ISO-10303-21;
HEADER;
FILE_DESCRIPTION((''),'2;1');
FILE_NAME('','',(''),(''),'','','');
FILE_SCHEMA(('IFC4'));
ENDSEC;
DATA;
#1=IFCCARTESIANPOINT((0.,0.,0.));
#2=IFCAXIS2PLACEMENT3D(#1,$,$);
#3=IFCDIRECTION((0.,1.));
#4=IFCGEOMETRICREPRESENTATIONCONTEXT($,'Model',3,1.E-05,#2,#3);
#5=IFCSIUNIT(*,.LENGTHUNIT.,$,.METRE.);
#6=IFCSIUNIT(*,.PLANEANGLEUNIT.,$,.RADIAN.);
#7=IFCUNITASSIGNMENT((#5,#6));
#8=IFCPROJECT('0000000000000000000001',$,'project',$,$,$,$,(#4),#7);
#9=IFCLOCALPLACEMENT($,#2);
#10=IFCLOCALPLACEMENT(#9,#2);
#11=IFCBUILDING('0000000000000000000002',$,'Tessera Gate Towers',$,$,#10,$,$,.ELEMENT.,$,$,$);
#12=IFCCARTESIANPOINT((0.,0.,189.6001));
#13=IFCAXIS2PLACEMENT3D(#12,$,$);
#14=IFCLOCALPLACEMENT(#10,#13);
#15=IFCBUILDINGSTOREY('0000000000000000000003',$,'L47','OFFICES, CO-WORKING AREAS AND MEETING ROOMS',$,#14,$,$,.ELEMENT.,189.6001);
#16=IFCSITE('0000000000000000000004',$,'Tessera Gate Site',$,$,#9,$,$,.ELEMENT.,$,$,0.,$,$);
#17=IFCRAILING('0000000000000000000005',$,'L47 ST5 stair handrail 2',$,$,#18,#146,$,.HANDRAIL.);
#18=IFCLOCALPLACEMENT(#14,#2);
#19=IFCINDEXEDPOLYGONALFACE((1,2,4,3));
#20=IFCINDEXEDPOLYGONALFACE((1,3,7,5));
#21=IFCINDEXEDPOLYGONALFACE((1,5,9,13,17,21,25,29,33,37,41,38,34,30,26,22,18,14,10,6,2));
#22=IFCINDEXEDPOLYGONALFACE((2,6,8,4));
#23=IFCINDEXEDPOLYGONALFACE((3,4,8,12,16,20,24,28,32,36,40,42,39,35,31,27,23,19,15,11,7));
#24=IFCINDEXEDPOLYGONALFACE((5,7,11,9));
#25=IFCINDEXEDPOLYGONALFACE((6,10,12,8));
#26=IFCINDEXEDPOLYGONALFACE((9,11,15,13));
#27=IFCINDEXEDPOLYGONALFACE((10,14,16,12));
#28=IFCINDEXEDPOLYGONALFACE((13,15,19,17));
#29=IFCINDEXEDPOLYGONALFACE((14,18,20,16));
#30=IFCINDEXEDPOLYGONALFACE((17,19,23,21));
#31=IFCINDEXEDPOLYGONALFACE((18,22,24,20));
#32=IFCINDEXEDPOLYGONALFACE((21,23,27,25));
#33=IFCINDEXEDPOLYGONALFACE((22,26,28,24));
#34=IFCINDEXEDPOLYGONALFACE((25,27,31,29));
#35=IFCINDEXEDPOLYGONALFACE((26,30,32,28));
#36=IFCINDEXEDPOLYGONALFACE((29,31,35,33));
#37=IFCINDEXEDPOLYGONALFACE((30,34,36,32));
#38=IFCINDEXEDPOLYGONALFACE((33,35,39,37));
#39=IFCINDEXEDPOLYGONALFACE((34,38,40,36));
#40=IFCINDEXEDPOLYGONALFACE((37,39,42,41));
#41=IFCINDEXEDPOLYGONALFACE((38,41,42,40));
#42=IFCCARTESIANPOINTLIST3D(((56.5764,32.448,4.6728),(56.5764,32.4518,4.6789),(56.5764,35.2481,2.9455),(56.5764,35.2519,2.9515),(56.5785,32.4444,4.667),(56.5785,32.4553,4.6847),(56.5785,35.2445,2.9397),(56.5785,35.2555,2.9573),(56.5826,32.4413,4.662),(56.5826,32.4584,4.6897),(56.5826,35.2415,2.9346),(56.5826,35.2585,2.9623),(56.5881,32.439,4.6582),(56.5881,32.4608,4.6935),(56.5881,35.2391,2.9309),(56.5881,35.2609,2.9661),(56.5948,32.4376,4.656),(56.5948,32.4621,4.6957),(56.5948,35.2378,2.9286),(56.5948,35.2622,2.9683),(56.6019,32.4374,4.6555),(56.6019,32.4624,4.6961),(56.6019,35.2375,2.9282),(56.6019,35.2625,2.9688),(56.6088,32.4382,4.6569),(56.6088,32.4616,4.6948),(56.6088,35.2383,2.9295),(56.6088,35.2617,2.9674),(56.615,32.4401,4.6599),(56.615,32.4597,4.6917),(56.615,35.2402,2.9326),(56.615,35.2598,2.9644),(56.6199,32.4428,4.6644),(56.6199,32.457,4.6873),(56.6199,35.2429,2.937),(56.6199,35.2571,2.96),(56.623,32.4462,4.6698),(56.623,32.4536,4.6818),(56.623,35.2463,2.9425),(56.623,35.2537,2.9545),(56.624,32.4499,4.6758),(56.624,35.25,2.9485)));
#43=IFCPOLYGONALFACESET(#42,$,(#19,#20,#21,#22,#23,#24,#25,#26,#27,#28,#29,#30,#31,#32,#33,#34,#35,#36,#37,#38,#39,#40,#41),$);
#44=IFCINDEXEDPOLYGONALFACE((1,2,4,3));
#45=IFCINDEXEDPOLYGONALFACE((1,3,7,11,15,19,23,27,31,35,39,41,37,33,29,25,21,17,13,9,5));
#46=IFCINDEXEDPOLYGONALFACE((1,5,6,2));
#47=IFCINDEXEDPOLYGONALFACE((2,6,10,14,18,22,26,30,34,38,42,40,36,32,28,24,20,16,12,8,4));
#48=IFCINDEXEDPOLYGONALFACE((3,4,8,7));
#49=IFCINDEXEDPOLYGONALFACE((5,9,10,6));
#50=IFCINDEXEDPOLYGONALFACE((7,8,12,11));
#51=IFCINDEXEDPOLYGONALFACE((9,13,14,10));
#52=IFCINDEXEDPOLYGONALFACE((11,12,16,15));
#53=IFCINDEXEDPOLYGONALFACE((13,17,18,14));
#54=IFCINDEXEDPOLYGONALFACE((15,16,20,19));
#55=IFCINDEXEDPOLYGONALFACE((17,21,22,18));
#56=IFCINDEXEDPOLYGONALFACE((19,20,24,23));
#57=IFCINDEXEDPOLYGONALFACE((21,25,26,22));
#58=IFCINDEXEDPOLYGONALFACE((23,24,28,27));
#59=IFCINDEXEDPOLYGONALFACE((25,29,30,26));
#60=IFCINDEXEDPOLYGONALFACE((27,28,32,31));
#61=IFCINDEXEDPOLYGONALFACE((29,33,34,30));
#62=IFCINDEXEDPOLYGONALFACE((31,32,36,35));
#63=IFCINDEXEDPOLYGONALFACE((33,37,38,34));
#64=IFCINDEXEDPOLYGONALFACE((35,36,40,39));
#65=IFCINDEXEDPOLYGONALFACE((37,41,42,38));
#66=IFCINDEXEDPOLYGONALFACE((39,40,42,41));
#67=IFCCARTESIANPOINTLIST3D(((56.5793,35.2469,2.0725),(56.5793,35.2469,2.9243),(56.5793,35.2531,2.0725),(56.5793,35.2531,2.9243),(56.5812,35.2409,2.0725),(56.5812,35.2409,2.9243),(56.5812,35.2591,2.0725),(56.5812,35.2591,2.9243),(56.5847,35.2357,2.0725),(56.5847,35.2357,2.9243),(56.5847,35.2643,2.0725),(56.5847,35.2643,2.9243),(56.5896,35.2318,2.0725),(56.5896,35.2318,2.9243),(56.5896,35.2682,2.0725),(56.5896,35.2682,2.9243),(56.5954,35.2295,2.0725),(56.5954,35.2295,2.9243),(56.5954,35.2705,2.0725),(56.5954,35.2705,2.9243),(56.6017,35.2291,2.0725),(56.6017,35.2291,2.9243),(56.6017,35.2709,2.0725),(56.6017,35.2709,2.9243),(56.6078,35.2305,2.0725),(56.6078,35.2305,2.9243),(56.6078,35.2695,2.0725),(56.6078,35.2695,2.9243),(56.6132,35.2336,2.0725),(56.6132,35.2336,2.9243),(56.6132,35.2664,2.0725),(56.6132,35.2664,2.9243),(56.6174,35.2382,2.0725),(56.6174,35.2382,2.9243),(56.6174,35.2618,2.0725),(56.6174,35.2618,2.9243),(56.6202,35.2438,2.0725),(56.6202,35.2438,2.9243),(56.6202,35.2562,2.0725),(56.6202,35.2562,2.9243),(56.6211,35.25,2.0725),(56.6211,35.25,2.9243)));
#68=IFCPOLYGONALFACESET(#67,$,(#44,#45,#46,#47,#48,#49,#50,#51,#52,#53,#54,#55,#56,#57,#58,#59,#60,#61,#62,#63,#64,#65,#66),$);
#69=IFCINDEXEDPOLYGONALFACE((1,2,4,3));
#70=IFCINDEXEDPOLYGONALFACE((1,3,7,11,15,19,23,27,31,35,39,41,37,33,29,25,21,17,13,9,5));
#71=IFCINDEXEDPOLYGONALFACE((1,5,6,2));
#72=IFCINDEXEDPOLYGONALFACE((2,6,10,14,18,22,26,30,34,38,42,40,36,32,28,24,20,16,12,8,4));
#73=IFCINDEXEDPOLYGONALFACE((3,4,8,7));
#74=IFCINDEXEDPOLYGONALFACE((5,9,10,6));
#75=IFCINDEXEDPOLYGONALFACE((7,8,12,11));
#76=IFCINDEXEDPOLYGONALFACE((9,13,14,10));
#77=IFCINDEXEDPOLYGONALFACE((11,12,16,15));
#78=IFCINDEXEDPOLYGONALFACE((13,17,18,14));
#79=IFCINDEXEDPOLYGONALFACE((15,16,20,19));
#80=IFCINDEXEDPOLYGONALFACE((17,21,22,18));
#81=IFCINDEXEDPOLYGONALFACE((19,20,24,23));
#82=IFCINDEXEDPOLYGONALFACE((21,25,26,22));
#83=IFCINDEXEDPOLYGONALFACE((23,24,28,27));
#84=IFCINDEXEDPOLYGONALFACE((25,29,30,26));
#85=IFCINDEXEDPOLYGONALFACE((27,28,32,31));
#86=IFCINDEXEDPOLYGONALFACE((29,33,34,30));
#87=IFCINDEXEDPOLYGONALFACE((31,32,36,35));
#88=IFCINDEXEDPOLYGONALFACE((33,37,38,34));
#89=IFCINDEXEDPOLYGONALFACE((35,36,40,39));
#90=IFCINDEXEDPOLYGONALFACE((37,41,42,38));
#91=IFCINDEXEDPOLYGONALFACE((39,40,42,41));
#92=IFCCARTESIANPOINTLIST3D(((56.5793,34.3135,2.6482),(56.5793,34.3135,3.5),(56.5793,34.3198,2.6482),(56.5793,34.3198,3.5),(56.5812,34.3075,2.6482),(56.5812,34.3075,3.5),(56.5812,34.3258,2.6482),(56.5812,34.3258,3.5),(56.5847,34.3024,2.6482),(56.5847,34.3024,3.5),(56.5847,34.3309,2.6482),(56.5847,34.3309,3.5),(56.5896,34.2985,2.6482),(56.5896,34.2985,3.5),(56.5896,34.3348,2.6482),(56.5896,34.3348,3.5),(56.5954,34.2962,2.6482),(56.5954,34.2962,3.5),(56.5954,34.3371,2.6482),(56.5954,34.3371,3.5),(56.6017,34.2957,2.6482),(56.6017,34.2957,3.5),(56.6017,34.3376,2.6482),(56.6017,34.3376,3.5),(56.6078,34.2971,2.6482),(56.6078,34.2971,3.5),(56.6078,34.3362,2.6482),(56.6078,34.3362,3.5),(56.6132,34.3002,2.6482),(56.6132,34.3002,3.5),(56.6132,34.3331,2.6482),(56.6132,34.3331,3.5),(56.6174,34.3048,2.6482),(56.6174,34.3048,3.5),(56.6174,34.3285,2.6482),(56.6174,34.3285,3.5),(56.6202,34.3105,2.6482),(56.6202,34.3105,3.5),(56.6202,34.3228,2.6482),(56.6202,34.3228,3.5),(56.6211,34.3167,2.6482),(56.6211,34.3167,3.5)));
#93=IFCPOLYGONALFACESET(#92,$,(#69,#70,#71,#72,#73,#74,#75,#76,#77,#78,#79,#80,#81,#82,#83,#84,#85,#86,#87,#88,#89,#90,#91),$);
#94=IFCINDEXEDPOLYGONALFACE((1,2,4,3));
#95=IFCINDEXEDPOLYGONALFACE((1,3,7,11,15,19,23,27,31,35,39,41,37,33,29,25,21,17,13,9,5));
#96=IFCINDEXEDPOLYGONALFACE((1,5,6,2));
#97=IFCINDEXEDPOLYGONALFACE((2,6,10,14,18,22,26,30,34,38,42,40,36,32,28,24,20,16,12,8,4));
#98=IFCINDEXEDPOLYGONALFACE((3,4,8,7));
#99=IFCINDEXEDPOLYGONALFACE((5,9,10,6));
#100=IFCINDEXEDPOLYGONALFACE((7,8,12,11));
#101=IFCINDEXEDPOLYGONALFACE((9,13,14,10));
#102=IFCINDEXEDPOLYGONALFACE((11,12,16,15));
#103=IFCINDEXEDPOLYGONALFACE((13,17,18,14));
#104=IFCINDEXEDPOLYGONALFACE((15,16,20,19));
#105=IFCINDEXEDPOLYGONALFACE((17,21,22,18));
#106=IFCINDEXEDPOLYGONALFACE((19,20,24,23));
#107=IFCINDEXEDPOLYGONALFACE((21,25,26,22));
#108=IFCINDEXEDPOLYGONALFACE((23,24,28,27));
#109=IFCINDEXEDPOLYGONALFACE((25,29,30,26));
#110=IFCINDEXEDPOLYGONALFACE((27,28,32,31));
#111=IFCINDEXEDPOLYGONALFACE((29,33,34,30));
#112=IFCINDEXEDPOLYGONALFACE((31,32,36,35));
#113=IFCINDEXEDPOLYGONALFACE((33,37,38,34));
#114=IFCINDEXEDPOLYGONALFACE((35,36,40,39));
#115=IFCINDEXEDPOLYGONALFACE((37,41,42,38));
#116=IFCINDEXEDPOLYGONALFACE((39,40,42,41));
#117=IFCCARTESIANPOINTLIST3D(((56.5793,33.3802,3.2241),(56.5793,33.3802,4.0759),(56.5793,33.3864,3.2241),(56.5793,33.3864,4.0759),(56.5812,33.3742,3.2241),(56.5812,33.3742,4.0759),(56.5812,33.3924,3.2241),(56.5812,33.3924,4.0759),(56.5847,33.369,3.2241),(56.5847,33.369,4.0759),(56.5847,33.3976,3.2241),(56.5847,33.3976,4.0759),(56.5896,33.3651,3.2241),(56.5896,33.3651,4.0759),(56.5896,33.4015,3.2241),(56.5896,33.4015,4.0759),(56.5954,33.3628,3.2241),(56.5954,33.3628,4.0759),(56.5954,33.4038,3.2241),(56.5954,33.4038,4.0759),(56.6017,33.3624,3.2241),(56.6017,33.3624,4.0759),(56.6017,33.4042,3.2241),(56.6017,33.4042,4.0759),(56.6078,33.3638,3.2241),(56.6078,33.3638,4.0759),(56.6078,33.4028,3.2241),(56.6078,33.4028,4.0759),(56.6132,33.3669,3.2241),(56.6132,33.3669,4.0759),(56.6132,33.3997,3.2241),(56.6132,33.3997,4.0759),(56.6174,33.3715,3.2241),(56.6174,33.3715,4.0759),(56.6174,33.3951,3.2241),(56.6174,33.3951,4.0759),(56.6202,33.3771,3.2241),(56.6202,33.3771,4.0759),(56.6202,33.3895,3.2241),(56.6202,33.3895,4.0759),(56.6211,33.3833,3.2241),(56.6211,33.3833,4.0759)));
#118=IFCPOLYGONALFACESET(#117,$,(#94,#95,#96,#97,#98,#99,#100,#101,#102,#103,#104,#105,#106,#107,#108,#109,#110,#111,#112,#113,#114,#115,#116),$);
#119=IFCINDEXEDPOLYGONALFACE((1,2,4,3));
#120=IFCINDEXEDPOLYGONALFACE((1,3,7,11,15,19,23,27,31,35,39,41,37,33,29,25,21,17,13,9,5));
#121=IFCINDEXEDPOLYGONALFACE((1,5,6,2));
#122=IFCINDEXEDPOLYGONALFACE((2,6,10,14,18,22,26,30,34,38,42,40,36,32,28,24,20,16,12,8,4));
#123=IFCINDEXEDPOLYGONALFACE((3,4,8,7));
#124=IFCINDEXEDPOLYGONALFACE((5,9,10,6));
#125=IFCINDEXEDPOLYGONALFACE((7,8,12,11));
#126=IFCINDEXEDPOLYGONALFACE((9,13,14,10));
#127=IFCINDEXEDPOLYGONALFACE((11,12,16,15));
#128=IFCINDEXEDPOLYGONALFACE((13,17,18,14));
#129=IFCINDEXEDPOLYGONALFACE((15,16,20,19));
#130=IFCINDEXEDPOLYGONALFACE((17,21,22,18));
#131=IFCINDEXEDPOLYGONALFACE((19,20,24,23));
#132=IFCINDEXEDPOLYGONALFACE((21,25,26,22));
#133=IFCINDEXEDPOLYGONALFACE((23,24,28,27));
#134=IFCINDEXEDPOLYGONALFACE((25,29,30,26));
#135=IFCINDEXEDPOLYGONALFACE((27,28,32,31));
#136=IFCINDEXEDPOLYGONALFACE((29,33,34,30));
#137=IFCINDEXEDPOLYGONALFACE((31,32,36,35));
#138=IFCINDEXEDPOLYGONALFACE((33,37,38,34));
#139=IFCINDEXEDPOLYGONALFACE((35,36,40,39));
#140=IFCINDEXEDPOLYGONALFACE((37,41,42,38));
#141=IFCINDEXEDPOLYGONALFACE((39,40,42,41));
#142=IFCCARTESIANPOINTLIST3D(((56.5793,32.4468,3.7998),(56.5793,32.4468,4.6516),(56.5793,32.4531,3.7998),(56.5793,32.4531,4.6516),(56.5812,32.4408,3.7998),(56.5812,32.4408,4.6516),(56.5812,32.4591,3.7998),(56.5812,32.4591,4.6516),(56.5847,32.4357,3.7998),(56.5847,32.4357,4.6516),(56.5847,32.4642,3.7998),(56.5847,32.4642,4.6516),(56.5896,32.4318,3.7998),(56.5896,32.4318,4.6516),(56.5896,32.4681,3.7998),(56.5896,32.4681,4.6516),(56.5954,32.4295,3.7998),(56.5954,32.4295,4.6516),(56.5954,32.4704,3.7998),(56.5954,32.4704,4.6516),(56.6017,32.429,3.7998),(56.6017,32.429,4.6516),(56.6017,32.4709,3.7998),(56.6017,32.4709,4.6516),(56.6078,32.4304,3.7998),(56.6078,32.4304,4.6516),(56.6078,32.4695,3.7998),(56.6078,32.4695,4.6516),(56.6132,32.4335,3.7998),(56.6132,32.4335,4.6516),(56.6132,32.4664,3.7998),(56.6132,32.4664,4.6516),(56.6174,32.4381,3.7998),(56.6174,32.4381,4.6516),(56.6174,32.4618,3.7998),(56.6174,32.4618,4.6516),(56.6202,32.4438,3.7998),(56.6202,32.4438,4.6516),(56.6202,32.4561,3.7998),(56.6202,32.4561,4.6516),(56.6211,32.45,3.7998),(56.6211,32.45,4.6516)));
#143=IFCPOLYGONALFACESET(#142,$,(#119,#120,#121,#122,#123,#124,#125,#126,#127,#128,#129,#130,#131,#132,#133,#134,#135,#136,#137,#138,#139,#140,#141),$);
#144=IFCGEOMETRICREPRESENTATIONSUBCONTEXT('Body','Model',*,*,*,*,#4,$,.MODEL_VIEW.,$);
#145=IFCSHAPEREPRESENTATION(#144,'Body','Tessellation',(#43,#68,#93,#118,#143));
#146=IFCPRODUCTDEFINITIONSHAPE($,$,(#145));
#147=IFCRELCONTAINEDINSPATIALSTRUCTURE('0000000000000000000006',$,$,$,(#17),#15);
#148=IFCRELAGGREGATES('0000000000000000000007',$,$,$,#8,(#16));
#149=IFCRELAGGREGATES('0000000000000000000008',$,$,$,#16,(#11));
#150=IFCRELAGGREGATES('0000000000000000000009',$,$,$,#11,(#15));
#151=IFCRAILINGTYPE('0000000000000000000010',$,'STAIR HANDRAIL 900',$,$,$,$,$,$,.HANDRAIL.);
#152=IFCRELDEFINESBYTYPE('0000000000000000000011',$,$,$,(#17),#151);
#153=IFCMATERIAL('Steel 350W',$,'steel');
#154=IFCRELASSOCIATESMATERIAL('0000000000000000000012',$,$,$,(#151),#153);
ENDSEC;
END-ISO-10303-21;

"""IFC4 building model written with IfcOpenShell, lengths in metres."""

from ifc_helpers import new_model, si_unit, direction, frame, origin, origin_2d, place, context, subcontext, project, spatial, circle, extrude, material, type_object, element, save


model = new_model("IFC4")

# Units and contexts
model_context = context("Model", 3, precision=1e-05, world=origin(), true_north=direction((0.0, 1.0)))
body_context = subcontext(model_context, "Body", "Model", "MODEL_VIEW")
ifc_project = project(units=[si_unit("LENGTHUNIT", "METRE"), si_unit("PLANEANGLEUNIT", "RADIAN")], contexts=[model_context])

# Site, building, storey
site_placement = place(None, origin())
site = spatial("IfcSite", under=ifc_project, at=site_placement, Name="Tessera Gate Site", CompositionType="ELEMENT", RefElevation=0.0)
building_placement = place(site_placement, origin())
building = spatial("IfcBuilding", under=site, at=building_placement, Name="Tessera Gate Towers", CompositionType="ELEMENT")
storey_placement = place(building_placement, frame((0.0, 0.0, 189.6001)))
storey = spatial("IfcBuildingStorey", under=building, at=storey_placement, Name="L47", Description="OFFICES, CO-WORKING AREAS AND MEETING ROOMS", CompositionType="ELEMENT", Elevation=189.6001)

# Railing
ifc_material_1 = material(Name="Steel 350W", Category="steel")
railing_type_1 = type_object("IfcRailingType", Name="STAIR HANDRAIL 900", PredefinedType="HANDRAIL", material=ifc_material_1)
railing_1_placement = place(storey_placement, frame((56.6001, 35.25, 2.0725)))
element("IfcRailing", 1, at=railing_1_placement, inside=storey, type_object=railing_type_1, Name="L47 ST5 stair handrail 2", PredefinedType="HANDRAIL", context=body_context, shape_type="SweptSolid", body=[
    extrude(circle(Radius=0.0239, at=origin_2d()), frame((0.0, 0.0, 0.876), z_axis=(0.0, -0.85109, 0.52502), x_axis=(1.0, 0.0, 0.0)), (0.0, 0.0, 1.0), 3.29),
    extrude(circle(Radius=0.021, at=origin_2d()), origin(), (0.0, 0.0, 1.0), 0.8518),
    extrude(circle(Radius=0.021, at=origin_2d()), frame((0.0, -0.9333, 0.5757)), (0.0, 0.0, 1.0), 0.8518),
    extrude(circle(Radius=0.021, at=origin_2d()), frame((0.0, -1.8667, 1.1516)), (0.0, 0.0, 1.0), 0.8518),
    extrude(circle(Radius=0.021, at=origin_2d()), frame((0.0, -2.8, 1.7273)), (0.0, 0.0, 1.0), 0.8518),
])

save(model, "model.ifc")
